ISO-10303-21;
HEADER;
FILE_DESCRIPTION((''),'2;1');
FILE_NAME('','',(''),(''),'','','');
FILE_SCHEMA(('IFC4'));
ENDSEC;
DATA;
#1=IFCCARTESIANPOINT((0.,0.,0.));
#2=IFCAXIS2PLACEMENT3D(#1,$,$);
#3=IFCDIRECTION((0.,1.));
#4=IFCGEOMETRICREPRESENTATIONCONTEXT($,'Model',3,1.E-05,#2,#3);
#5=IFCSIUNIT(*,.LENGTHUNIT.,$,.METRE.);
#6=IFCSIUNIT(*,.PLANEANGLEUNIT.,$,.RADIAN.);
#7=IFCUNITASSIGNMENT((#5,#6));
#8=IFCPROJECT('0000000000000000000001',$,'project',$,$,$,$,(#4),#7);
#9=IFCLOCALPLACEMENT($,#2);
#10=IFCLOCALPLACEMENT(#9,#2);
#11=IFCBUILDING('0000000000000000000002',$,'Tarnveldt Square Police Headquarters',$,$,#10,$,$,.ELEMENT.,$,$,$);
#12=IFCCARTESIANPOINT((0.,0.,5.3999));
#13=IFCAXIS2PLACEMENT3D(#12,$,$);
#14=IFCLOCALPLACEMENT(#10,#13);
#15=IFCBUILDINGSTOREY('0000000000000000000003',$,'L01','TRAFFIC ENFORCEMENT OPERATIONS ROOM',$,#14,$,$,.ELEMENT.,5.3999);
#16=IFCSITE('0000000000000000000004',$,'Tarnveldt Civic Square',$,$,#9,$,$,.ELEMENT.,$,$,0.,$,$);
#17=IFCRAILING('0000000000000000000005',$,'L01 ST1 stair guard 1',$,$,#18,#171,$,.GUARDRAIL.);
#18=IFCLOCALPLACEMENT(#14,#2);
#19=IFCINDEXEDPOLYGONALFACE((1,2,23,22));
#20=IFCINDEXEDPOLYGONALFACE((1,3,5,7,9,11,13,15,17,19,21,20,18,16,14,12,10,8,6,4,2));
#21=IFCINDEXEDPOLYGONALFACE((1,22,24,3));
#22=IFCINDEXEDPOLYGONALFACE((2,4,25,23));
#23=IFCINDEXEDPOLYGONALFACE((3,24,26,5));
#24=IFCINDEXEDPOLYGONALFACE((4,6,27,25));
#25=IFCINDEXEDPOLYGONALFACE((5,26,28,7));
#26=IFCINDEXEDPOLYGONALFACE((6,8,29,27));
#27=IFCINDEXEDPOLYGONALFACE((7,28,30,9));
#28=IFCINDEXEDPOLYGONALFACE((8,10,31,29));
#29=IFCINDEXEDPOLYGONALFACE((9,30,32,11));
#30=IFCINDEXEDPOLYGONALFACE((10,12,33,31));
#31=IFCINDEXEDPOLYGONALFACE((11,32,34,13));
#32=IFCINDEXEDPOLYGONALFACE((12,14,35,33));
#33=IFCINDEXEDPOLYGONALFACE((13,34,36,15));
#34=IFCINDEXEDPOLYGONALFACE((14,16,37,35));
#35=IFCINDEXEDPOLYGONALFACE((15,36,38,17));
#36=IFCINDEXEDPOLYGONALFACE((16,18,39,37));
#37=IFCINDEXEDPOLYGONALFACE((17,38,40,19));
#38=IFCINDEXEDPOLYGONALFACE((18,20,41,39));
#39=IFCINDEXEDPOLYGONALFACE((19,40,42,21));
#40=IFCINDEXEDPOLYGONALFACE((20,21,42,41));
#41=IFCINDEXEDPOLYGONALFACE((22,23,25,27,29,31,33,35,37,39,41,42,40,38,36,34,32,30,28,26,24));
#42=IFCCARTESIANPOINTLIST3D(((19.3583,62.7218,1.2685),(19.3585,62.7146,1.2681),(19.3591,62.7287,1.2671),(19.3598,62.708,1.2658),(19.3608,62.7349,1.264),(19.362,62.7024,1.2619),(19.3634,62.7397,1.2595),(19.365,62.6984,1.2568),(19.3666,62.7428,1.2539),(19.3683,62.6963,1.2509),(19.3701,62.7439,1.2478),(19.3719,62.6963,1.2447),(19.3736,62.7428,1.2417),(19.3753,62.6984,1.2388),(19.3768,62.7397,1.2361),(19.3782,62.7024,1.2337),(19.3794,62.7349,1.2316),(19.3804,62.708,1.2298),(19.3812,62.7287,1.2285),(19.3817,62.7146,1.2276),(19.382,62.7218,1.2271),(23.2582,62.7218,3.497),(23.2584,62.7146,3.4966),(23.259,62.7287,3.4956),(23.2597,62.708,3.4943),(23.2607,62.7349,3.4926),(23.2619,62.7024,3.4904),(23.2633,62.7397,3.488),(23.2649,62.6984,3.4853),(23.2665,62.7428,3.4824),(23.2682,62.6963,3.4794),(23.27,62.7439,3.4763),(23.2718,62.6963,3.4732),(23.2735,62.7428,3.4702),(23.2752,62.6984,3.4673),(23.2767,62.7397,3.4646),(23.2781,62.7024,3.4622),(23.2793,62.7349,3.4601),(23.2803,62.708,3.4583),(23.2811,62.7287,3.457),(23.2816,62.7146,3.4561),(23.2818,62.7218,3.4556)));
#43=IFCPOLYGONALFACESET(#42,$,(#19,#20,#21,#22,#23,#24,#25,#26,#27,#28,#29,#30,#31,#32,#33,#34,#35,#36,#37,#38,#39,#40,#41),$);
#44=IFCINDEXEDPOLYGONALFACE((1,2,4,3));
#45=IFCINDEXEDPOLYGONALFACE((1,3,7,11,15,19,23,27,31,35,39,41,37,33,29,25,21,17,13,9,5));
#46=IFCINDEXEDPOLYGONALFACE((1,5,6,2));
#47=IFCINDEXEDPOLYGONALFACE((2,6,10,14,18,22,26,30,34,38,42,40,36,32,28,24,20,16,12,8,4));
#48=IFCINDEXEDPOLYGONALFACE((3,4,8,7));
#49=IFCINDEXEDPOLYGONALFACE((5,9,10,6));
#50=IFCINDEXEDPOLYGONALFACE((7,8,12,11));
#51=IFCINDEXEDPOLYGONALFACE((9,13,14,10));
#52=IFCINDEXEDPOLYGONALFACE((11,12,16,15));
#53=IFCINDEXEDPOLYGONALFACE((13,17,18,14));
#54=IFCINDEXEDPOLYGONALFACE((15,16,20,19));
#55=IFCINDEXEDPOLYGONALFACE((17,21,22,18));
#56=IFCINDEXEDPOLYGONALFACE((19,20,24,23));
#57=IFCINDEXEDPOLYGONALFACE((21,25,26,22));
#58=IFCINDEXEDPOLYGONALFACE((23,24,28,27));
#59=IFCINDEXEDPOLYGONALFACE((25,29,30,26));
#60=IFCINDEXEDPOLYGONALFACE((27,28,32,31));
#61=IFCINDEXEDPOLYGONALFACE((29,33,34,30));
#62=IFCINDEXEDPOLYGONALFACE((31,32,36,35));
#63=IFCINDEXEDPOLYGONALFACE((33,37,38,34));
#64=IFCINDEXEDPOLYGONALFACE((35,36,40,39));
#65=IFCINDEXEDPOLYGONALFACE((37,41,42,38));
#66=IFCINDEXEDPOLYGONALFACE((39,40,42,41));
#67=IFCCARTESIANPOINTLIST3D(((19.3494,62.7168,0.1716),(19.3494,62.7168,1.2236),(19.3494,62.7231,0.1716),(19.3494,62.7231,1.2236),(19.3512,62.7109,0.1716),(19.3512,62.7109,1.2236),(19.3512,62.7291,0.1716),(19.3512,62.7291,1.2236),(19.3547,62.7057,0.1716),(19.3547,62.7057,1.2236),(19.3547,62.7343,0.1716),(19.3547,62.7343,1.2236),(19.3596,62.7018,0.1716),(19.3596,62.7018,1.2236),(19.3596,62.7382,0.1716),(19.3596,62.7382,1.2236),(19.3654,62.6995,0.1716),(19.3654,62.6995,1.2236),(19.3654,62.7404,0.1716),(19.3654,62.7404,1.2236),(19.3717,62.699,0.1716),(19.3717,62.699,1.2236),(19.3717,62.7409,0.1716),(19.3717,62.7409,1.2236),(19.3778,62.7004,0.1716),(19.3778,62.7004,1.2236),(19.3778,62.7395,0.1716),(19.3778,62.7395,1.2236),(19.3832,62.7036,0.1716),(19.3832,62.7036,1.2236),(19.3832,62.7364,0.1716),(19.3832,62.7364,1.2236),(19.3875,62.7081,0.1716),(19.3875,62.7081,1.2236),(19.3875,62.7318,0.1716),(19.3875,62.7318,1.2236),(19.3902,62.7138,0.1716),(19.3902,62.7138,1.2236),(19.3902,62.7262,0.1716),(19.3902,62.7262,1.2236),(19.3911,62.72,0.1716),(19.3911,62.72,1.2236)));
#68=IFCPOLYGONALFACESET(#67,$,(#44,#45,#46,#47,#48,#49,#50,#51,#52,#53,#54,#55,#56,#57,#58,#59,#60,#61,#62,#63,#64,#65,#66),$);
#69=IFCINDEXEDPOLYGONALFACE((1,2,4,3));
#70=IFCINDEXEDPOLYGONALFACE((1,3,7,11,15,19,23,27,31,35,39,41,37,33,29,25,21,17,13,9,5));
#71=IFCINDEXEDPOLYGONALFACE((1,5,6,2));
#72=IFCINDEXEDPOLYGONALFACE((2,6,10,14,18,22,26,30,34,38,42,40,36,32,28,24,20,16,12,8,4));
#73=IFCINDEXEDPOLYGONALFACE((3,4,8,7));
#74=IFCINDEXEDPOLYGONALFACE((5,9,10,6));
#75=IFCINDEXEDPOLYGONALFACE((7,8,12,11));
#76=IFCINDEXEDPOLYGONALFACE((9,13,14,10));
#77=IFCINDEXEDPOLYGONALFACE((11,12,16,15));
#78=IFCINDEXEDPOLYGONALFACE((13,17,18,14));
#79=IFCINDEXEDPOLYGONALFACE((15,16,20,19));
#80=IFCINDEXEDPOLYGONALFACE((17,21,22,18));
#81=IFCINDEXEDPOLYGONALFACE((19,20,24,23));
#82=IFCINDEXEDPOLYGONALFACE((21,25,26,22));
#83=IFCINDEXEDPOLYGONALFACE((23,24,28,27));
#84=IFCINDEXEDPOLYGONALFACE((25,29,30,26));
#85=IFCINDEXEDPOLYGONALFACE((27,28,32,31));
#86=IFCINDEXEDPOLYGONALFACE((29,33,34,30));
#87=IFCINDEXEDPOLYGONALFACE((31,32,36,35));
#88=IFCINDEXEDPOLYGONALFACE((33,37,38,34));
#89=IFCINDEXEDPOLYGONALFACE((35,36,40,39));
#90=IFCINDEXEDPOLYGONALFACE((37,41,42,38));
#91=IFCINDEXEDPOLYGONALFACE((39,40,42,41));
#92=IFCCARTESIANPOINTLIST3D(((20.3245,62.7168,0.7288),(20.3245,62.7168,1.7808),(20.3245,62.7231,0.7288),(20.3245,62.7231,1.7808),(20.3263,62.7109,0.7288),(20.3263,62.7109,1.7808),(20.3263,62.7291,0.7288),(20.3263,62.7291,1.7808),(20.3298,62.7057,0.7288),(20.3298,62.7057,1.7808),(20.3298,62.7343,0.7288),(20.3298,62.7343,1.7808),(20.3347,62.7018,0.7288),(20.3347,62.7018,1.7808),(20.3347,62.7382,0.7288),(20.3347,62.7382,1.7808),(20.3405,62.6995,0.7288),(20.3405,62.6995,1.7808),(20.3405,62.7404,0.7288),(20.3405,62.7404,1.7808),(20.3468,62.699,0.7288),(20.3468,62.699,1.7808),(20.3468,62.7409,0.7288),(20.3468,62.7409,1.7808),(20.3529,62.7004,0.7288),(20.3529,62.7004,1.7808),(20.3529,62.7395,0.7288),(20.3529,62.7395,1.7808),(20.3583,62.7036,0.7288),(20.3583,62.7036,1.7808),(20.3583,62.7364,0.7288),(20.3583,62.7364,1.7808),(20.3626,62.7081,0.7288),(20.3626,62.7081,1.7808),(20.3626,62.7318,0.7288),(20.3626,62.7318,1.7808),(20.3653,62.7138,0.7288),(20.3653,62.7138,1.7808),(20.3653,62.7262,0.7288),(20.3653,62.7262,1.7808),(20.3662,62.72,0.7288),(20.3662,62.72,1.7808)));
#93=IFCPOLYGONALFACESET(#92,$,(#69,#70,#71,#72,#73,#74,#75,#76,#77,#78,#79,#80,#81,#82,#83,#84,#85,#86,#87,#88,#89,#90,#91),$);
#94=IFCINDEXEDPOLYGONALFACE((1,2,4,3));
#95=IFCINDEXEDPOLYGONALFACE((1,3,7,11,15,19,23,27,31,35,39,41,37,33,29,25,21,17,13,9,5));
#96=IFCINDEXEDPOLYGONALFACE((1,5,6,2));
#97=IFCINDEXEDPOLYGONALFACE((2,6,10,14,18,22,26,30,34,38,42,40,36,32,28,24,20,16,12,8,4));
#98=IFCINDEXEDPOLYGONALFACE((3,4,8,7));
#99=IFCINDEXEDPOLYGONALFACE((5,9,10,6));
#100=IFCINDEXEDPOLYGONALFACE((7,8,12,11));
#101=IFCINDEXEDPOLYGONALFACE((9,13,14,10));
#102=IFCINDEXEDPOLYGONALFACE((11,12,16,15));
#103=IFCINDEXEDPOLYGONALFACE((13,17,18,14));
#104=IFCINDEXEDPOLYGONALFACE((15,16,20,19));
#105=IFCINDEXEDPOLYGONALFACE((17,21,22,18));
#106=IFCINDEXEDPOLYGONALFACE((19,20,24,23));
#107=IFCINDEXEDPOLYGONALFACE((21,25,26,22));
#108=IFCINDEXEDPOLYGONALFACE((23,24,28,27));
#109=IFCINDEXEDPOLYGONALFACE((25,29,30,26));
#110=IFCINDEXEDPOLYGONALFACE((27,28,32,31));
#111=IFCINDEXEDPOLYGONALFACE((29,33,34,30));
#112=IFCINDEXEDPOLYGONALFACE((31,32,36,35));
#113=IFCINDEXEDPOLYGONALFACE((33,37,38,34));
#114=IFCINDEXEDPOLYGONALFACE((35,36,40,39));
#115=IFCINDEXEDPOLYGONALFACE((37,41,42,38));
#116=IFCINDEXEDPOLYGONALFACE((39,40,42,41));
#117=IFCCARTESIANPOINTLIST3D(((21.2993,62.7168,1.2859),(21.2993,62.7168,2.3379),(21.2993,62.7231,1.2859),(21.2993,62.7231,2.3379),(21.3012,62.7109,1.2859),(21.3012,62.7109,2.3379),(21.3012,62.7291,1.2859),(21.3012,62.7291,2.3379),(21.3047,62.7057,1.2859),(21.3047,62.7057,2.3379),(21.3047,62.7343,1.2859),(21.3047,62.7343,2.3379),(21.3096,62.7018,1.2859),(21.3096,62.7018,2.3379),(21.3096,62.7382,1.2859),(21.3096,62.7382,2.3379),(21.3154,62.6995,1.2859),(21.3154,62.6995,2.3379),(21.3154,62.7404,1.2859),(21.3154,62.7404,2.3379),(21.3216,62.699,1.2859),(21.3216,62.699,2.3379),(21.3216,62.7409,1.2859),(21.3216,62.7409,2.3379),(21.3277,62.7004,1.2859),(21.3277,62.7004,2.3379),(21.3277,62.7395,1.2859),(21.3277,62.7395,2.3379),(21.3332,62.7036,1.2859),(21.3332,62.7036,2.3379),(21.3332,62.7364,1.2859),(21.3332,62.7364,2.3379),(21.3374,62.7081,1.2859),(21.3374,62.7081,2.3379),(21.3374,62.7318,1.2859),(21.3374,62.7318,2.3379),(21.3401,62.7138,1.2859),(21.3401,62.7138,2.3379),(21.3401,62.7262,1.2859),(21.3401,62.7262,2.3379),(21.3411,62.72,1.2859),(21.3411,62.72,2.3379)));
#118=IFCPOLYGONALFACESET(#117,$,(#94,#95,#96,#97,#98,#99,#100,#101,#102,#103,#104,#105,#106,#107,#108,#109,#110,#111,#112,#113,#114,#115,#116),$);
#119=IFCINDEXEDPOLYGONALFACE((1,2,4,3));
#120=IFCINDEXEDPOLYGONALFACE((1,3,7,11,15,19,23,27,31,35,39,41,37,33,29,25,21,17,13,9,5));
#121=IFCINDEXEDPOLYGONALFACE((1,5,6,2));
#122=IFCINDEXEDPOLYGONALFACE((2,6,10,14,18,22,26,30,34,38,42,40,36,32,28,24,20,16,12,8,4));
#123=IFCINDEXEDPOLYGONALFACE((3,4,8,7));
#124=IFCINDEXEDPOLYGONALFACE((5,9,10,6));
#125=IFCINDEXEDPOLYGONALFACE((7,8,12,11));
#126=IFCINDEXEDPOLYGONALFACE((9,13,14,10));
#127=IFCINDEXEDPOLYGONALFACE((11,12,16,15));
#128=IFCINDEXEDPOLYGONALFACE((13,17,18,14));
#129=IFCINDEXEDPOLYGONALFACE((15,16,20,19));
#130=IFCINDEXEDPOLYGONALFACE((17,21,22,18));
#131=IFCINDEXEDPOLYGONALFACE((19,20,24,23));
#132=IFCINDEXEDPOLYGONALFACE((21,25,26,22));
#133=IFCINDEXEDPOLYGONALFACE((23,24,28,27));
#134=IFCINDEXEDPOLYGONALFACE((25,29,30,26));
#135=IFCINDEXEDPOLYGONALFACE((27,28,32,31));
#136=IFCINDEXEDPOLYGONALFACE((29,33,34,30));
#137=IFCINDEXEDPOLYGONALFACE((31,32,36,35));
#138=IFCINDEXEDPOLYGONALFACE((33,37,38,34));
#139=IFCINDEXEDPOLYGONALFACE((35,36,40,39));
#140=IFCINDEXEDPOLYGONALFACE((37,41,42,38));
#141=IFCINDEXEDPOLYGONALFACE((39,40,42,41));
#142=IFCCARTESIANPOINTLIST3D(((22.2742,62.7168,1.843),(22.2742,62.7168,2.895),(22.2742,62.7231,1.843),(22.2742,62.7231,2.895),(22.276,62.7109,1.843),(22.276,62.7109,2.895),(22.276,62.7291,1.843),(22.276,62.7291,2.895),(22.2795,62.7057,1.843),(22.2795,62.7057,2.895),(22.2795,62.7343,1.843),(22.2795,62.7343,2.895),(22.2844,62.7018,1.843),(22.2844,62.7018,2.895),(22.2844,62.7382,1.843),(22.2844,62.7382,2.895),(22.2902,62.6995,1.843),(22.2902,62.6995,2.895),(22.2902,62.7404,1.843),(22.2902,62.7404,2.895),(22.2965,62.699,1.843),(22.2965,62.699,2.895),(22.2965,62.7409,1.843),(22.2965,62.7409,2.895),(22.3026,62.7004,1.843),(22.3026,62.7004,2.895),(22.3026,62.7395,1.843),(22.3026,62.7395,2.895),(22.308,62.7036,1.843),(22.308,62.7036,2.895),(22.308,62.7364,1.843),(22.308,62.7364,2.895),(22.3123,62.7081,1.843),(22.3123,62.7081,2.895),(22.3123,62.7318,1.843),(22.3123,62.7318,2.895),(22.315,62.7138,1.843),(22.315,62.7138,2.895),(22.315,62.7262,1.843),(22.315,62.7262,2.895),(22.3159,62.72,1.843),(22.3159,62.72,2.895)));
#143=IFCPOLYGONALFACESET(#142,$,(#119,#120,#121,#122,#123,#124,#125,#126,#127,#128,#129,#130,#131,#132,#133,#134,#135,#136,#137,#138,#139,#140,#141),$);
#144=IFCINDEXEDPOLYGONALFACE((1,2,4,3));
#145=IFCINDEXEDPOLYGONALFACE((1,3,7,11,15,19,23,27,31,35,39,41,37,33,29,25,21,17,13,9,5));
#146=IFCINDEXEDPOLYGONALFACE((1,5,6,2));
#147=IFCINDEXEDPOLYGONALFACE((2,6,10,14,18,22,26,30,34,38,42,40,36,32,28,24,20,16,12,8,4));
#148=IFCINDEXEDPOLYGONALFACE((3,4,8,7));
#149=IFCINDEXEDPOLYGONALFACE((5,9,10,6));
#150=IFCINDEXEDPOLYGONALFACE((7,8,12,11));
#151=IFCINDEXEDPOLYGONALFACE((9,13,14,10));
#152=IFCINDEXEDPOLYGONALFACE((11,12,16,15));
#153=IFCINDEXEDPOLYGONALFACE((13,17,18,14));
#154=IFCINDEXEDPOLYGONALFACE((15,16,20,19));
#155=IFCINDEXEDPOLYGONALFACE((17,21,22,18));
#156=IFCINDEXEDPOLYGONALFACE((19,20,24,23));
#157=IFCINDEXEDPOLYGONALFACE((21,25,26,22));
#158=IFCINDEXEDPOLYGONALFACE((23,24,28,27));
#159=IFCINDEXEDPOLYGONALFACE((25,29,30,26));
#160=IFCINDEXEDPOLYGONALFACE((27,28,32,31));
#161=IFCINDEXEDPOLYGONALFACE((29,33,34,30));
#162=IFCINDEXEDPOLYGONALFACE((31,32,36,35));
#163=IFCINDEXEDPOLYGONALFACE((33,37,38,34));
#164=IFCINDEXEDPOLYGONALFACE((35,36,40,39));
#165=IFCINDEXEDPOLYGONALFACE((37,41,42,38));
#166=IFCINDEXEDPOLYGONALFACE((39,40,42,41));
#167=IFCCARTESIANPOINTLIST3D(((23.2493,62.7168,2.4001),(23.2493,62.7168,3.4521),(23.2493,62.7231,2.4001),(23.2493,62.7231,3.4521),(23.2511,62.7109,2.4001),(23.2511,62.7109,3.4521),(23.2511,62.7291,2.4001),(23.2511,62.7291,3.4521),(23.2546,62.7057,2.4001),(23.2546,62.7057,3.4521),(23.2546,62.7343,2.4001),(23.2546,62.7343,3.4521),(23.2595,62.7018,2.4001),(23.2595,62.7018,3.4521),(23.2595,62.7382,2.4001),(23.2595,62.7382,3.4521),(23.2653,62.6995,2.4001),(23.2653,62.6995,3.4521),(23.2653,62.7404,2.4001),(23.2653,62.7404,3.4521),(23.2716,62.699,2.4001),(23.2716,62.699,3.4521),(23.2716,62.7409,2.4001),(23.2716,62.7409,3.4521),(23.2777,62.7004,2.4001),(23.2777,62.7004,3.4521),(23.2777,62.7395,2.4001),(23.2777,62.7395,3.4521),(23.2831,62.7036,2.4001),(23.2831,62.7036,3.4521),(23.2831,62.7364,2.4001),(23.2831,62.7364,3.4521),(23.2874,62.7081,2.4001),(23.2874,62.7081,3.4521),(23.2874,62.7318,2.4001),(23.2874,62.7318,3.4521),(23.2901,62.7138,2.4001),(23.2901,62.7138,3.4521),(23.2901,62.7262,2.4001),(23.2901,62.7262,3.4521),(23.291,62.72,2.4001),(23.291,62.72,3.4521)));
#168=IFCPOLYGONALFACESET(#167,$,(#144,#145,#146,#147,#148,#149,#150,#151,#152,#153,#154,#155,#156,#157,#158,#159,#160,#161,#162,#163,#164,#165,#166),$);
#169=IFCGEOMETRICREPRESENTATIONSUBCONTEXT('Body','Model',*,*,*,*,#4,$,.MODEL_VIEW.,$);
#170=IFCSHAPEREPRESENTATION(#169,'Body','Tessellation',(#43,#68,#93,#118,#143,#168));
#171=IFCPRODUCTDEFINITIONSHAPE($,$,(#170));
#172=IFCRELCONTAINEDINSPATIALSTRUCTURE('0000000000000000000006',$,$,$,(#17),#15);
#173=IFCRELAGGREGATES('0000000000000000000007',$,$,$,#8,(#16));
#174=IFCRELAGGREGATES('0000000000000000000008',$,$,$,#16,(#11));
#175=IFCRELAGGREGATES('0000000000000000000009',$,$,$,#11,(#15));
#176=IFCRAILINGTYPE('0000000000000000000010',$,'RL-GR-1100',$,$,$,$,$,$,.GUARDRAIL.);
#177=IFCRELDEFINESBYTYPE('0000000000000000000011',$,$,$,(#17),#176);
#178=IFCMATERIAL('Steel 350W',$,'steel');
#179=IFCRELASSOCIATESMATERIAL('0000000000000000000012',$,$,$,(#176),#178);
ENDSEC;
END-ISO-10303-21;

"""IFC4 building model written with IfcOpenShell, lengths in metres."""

from ifc_helpers import new_model, si_unit, direction, frame, origin, origin_2d, place, context, subcontext, project, spatial, circle, extrude, material, type_object, element, save


model = new_model("IFC4")

# Units and contexts
model_context = context("Model", 3, precision=1e-05, world=origin(), true_north=direction((0.0, 1.0)))
body_context = subcontext(model_context, "Body", "Model", "MODEL_VIEW")
ifc_project = project(units=[si_unit("LENGTHUNIT", "METRE"), si_unit("PLANEANGLEUNIT", "RADIAN")], contexts=[model_context])

# Site, building, storey
site_placement = place(None, origin())
site = spatial("IfcSite", under=ifc_project, at=site_placement, Name="Tarnveldt Civic Square", CompositionType="ELEMENT", RefElevation=0.0)
building_placement = place(site_placement, origin())
building = spatial("IfcBuilding", under=site, at=building_placement, Name="Tarnveldt Square Police Headquarters", CompositionType="ELEMENT")
storey_placement = place(building_placement, frame((0.0, 0.0, 5.3999)))
storey = spatial("IfcBuildingStorey", under=building, at=storey_placement, Name="L01", Description="TRAFFIC ENFORCEMENT OPERATIONS ROOM", CompositionType="ELEMENT", Elevation=5.3999)

# Shared definitions
ifc_material_1 = material(Name="Steel 350W", Category="steel")

# Railing
railing_type_1 = type_object("IfcRailingType", Name="RL-GR-1100", PredefinedType="GUARDRAIL", material=ifc_material_1)
railing_1_placement = place(storey_placement, frame((19.3701, 62.72, 0.1716)))
element("IfcRailing", 1, at=railing_1_placement, inside=storey, type_object=railing_type_1, Name="L01 ST1 stair guard 1", PredefinedType="GUARDRAIL", context=body_context, shape_type="SweptSolid", body=[
    extrude(circle(Radius=0.0239, at=origin_2d()), frame((0.0, 0.0, 1.0762), z_axis=(0.868243, 0.0, 0.496139), x_axis=(0.0, 1.0, 0.0)), (0.0, 0.0, 1.0), 4.4917),
    extrude(circle(Radius=0.021, at=origin_2d()), origin(), (0.0, 0.0, 1.0), 1.052),
    extrude(circle(Radius=0.021, at=origin_2d()), frame((0.9751, 0.0, 0.5571)), (0.0, 0.0, 1.0), 1.052),
    extrude(circle(Radius=0.021, at=origin_2d()), frame((1.95, 0.0, 1.1143)), (0.0, 0.0, 1.0), 1.052),
    extrude(circle(Radius=0.021, at=origin_2d()), frame((2.9248, 0.0, 1.6714)), (0.0, 0.0, 1.0), 1.052),
    extrude(circle(Radius=0.021, at=origin_2d()), frame((3.8999, 0.0, 2.2285)), (0.0, 0.0, 1.0), 1.052),
])

save(model, "model.ifc")
